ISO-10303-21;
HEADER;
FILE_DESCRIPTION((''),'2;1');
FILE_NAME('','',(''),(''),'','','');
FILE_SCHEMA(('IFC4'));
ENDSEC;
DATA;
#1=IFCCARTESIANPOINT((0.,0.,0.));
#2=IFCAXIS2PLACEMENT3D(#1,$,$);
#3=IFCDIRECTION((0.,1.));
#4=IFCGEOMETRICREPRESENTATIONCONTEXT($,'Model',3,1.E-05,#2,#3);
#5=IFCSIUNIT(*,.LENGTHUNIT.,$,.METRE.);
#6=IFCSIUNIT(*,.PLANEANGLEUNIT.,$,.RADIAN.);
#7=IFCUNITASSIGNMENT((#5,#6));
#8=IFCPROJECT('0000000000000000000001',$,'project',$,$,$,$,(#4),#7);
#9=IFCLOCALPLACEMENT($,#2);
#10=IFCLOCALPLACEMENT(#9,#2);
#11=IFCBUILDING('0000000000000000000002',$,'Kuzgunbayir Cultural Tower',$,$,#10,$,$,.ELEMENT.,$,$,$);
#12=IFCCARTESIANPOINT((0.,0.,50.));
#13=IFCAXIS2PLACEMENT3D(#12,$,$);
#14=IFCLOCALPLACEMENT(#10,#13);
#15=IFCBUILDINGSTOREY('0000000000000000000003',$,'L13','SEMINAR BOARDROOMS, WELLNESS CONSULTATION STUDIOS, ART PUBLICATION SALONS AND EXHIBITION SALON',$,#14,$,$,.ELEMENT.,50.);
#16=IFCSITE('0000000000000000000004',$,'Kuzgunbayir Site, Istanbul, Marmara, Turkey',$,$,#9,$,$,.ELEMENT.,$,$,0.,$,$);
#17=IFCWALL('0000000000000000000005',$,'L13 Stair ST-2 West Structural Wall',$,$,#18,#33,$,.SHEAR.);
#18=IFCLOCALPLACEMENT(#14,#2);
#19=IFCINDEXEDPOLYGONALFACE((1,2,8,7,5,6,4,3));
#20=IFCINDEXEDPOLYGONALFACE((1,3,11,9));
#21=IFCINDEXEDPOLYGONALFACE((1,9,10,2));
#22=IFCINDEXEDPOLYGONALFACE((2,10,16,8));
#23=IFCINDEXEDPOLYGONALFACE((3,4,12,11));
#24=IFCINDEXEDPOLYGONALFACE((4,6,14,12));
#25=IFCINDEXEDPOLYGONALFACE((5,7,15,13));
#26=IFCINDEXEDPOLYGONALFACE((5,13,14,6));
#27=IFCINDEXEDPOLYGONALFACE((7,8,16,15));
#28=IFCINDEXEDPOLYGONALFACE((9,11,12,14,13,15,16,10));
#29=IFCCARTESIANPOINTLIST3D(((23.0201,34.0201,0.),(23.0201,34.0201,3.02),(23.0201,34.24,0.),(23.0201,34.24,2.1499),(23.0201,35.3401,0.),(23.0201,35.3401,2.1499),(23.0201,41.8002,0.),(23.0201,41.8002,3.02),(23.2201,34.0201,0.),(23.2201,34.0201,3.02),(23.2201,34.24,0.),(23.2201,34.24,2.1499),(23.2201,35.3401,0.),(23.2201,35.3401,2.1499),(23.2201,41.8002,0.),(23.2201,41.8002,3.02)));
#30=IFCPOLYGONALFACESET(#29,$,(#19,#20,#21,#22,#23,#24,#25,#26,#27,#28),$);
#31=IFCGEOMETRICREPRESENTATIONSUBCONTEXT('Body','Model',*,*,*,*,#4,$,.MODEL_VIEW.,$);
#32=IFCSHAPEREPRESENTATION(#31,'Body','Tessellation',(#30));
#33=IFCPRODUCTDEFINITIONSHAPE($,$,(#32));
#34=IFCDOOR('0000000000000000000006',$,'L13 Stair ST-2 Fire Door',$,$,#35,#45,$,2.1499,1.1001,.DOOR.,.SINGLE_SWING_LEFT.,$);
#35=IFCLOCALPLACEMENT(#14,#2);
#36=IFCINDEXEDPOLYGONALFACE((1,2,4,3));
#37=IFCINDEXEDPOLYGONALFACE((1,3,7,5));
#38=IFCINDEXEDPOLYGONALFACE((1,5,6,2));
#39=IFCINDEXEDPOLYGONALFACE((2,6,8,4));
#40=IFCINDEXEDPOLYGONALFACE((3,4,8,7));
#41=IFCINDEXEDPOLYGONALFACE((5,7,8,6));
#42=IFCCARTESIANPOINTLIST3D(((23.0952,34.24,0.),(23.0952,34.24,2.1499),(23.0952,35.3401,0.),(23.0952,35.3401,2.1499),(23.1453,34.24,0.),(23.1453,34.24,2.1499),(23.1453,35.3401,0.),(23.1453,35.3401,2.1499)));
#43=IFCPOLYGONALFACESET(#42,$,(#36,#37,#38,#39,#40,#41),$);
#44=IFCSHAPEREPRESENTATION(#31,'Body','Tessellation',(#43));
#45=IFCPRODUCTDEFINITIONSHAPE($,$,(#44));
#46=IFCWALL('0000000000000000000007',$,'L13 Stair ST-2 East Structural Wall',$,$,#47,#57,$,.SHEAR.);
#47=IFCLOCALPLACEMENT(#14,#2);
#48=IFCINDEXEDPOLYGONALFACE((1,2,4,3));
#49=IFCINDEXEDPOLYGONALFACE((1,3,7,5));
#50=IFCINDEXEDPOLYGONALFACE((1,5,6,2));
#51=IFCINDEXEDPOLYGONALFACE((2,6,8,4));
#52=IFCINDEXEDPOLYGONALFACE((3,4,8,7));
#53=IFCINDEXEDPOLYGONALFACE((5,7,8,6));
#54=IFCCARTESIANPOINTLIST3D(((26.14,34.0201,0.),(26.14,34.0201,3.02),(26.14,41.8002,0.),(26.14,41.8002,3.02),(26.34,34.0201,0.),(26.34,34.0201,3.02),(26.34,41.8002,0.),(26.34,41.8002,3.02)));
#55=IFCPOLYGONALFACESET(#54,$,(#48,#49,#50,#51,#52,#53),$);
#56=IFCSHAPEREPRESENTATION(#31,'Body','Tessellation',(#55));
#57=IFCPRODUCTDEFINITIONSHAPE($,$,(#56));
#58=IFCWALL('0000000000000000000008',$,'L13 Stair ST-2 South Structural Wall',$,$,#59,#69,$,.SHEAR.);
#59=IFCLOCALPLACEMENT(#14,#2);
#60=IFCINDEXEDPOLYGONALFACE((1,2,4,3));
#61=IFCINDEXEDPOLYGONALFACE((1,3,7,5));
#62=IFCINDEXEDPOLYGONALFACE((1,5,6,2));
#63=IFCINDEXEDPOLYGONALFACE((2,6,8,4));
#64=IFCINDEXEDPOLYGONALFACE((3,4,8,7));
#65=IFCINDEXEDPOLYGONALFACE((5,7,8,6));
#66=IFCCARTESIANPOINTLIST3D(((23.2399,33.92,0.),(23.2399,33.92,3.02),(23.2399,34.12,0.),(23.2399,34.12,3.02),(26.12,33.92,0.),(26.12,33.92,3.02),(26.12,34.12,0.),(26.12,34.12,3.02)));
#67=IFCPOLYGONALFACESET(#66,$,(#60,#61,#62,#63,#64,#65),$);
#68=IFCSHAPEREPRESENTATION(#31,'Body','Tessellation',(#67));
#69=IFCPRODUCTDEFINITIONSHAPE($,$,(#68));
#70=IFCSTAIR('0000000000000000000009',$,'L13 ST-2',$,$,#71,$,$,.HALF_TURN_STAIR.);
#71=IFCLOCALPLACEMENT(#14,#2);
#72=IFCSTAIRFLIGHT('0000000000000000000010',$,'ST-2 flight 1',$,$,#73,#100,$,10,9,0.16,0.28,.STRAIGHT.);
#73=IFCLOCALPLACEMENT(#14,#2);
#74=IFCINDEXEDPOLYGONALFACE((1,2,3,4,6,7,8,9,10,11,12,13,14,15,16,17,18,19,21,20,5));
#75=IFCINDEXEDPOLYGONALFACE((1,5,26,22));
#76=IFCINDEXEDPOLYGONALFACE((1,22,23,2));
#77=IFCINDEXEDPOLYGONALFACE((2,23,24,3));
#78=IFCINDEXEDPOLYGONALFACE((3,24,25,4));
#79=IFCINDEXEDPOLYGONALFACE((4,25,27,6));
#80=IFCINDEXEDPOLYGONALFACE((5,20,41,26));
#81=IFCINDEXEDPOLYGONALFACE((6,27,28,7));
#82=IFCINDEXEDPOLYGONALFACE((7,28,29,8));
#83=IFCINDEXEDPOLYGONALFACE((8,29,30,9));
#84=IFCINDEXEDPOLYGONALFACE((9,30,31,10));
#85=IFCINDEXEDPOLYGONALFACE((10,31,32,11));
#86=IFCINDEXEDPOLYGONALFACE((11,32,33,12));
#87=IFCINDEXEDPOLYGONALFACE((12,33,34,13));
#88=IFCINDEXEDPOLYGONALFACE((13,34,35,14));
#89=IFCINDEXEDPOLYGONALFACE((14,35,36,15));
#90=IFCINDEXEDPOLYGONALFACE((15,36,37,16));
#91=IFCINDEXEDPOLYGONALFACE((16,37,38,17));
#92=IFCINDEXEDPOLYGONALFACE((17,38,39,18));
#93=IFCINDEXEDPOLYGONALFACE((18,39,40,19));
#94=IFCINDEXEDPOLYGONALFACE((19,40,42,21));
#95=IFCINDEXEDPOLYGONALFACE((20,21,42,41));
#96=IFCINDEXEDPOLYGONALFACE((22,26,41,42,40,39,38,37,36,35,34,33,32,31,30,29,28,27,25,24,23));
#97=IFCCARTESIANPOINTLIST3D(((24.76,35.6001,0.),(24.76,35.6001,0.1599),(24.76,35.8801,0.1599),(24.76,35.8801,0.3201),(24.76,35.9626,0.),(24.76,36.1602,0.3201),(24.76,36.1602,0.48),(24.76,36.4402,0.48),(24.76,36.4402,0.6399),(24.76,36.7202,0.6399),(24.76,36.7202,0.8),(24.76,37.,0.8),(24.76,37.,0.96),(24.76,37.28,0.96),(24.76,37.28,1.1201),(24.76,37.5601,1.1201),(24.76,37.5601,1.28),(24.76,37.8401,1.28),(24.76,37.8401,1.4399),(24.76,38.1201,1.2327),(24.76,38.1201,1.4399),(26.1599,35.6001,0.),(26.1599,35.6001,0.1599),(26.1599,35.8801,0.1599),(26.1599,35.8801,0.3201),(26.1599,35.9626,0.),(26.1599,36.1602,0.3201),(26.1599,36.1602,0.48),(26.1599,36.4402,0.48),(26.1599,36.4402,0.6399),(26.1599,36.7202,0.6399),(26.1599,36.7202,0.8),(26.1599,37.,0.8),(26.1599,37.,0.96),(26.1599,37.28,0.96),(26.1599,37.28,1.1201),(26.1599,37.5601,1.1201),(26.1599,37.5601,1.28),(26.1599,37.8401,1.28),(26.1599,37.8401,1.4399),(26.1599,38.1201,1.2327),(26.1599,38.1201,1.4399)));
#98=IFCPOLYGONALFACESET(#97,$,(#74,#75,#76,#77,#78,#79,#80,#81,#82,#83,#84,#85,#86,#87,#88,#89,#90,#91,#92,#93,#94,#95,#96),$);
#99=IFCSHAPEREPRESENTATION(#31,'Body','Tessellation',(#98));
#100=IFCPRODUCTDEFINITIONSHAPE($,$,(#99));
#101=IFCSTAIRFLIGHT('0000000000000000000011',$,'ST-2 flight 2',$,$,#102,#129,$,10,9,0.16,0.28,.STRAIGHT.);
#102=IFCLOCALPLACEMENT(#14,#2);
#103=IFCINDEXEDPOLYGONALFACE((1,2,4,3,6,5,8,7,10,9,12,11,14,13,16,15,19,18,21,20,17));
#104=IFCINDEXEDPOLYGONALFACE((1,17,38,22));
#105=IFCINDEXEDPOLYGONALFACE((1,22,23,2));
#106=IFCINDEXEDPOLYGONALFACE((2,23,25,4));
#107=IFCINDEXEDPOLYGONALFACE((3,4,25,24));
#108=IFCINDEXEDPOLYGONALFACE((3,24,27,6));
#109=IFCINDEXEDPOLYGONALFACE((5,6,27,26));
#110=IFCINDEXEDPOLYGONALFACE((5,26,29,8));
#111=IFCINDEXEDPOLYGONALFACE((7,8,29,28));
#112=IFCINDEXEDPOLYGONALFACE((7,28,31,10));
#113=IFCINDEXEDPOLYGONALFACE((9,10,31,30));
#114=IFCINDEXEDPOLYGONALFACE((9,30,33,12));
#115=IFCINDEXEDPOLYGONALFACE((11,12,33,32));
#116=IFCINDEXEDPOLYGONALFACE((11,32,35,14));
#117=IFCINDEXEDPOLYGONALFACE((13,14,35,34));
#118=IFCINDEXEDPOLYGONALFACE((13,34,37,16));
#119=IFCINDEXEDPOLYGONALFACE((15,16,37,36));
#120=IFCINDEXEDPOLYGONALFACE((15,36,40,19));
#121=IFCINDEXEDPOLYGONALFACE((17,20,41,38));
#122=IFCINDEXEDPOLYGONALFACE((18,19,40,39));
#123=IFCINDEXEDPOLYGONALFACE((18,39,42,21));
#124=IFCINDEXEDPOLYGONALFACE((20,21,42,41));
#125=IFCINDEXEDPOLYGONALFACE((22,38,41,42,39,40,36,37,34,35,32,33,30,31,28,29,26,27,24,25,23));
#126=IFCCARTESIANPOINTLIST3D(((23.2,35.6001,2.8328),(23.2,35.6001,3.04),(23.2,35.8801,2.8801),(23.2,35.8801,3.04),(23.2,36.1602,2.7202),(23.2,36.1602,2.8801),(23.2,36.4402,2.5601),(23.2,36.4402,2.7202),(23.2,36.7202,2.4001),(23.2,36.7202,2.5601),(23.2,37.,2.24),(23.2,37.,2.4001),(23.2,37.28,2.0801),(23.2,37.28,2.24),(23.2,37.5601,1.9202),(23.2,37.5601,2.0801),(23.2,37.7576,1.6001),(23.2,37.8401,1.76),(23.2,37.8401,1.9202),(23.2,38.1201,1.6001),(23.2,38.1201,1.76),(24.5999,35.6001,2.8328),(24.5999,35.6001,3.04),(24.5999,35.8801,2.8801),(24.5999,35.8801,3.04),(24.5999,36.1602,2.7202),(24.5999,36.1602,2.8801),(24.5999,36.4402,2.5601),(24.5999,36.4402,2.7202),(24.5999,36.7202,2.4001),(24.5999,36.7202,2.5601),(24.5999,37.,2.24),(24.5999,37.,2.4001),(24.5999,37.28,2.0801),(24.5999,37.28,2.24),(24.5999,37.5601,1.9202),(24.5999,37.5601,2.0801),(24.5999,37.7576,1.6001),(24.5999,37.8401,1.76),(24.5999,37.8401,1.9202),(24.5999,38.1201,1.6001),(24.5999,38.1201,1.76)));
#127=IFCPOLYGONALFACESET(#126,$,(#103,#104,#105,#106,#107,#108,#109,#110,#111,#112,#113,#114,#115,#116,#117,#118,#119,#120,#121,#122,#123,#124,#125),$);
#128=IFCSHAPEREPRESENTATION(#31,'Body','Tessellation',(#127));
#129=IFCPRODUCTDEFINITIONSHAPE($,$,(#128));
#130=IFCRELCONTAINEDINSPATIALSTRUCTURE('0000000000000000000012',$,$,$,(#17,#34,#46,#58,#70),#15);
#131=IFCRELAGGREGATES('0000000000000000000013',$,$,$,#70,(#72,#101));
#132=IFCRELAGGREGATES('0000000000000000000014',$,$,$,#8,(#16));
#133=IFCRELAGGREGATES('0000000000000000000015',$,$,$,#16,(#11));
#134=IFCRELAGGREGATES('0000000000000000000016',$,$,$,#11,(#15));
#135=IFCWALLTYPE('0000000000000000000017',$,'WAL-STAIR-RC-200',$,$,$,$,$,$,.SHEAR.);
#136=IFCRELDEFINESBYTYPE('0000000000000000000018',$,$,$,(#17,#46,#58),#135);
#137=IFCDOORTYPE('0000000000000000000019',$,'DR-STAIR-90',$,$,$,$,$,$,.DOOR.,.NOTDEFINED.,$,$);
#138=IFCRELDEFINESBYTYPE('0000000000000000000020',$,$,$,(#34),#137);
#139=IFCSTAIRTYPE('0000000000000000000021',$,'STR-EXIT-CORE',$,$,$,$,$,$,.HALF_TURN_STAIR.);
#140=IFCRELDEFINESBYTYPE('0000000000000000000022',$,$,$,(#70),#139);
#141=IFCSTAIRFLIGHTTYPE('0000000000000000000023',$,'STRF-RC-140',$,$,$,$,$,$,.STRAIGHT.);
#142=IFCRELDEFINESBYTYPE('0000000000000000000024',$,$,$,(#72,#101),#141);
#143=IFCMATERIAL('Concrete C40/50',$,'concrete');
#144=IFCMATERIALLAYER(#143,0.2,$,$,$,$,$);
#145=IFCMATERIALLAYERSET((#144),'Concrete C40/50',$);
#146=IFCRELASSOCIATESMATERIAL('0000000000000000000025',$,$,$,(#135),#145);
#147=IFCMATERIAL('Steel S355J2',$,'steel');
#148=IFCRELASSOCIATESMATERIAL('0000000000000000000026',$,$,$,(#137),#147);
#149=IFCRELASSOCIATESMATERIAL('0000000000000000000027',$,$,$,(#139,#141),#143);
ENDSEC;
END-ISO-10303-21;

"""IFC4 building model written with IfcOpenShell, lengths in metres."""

from ifc_helpers import new_model, si_unit, direction, frame, frame_2d, origin, place, context, subcontext, project, spatial, polyline, rectangle, outline, extrude, material, layer, layer_set, type_object, element, fill, aggregate, save


model = new_model("IFC4")

# Units and contexts
model_context = context("Model", 3, precision=1e-05, world=origin(), true_north=direction((0.0, 1.0)))
body_context = subcontext(model_context, "Body", "Model", "MODEL_VIEW")
ifc_project = project(units=[si_unit("LENGTHUNIT", "METRE"), si_unit("PLANEANGLEUNIT", "RADIAN")], contexts=[model_context])

# Site, building, storey
site_placement = place(None, origin())
site = spatial("IfcSite", under=ifc_project, at=site_placement, Name="Kuzgunbayir Site, Istanbul, Marmara, Turkey", CompositionType="ELEMENT", RefElevation=0.0)
building_placement = place(site_placement, origin())
building = spatial("IfcBuilding", under=site, at=building_placement, Name="Kuzgunbayir Cultural Tower", CompositionType="ELEMENT")
storey_placement = place(building_placement, frame((0.0, 0.0, 50.0)))
storey = spatial("IfcBuildingStorey", under=building, at=storey_placement, Name="L13", Description="SEMINAR BOARDROOMS, WELLNESS CONSULTATION STUDIOS, ART PUBLICATION SALONS AND EXHIBITION SALON", CompositionType="ELEMENT", Elevation=50.0)

# Shared definitions
ifc_material_1 = material(Name="Steel S355J2", Category="steel")

# Wall, opening, door
ifc_material_2 = material(Name="Concrete C40/50", Category="concrete")
ifc_layer_1 = layer(ifc_material_2, 0.2)
ifc_layer_set_1 = layer_set([ifc_layer_1], Name="Concrete C40/50")
wall_type_1 = type_object("IfcWallType", Name="WAL-STAIR-RC-200", PredefinedType="SHEAR", material=ifc_layer_set_1)
wall_1_placement = place(storey_placement, frame((23.1201, 34.02, 0.0), z_axis=(0.0, 0.0, 1.0), x_axis=(0.0, 1.0, 0.0)))
wall_1 = element("IfcWall", 1, at=wall_1_placement, inside=storey, type_object=wall_type_1, Name="L13 Stair ST-2 West Structural Wall", PredefinedType="SHEAR", context=body_context, shape_type="SweptSolid", body=[
    extrude(rectangle(XDim=7.78, YDim=0.2, at=frame_2d((3.8901, 0.0))), origin(), (0.0, 0.0, 1.0), 3.02),
])
opening_1_placement = place(wall_1_placement, frame((0.22, 0.0, 0.0)))
opening_1 = element("IfcOpeningElement", 2, at=opening_1_placement, cuts=wall_1, PredefinedType="OPENING", context=body_context, shape_type="SweptSolid", body=[
    extrude(rectangle(XDim=1.1001, YDim=2.1499, at=frame_2d((0.55, 1.075))), frame((0.0, 0.1099, 0.0), z_axis=(0.0, -1.0, 0.0), x_axis=(1.0, 0.0, 0.0)), (0.0, 0.0, 1.0), 0.22),
])
door_type_1 = type_object("IfcDoorType", Name="DR-STAIR-90", OperationType="NOTDEFINED", PredefinedType="DOOR", material=ifc_material_1)
door_1_placement = place(opening_1_placement, origin())
door_1 = element("IfcDoor", 3, at=door_1_placement, inside=storey, type_object=door_type_1, Name="L13 Stair ST-2 Fire Door", OperationType="SINGLE_SWING_LEFT", OverallHeight=2.1499, OverallWidth=1.1001, PredefinedType="DOOR", context=body_context, shape_type="SweptSolid", body=[
    extrude(rectangle(XDim=1.1001, YDim=2.1499, at=frame_2d((0.55, 1.075))), frame((0.0, 0.0249, 0.0), z_axis=(0.0, -1.0, 0.0), x_axis=(1.0, 0.0, 0.0)), (0.0, 0.0, 1.0), 0.05),
])
fill(opening_1, door_1)

# Walls
wall_2_placement = place(storey_placement, frame((26.24, 34.02, 0.0), z_axis=(0.0, 0.0, 1.0), x_axis=(0.0, 1.0, 0.0)))
element("IfcWall", 4, at=wall_2_placement, inside=storey, type_object=wall_type_1, Name="L13 Stair ST-2 East Structural Wall", PredefinedType="SHEAR", context=body_context, shape_type="SweptSolid", body=[
    extrude(rectangle(XDim=7.78, YDim=0.2, at=frame_2d((3.8901, 0.0))), origin(), (0.0, 0.0, 1.0), 3.02),
])
wall_3_placement = place(storey_placement, frame((23.24, 34.02, 0.0), z_axis=(0.0, 0.0, 1.0), x_axis=(1.0, 0.0, 0.0)))
element("IfcWall", 5, at=wall_3_placement, inside=storey, type_object=wall_type_1, Name="L13 Stair ST-2 South Structural Wall", PredefinedType="SHEAR", context=body_context, shape_type="SweptSolid", body=[
    extrude(rectangle(XDim=2.8801, YDim=0.2, at=frame_2d((1.4399, 0.0))), origin(), (0.0, 0.0, 1.0), 3.02),
])

# Stair, stair flights
stair_type = type_object("IfcStairType", Name="STR-EXIT-CORE", PredefinedType="HALF_TURN_STAIR", material=ifc_material_2)
stair_placement = place(storey_placement, origin())
stair = element("IfcStair", 6, at=stair_placement, inside=storey, type_object=stair_type, Name="L13 ST-2", PredefinedType="HALF_TURN_STAIR")
stair_flight_type = type_object("IfcStairFlightType", Name="STRF-RC-140", PredefinedType="STRAIGHT", material=ifc_material_2)
stair_flight_1_placement = place(storey_placement, frame((25.46, 35.6001, 0.0), z_axis=(0.0, 0.0, 1.0), x_axis=(0.0, 1.0, 0.0)))
stair_flight_1 = element("IfcStairFlight", 7, at=stair_flight_1_placement, type_object=stair_flight_type, Name="ST-2 flight 1", NumberOfRisers=10, NumberOfTreads=9, PredefinedType="STRAIGHT", RiserHeight=0.16, TreadLength=0.28, context=body_context, shape_type="SweptSolid", body=[
    extrude(outline(polyline([(0.0, 0.0), (0.0, 0.1599), (0.28, 0.1599), (0.28, 0.3201), (0.5601, 0.3201), (0.5601, 0.48), (0.8401, 0.48), (0.8401, 0.6399), (1.1201, 0.6399), (1.1201, 0.8), (1.3999, 0.8), (1.3999, 0.96), (1.6799, 0.96), (1.6799, 1.1201), (1.96, 1.1201), (1.96, 1.28), (2.24, 1.28), (2.24, 1.4399), (2.52, 1.4399), (2.52, 1.6001), (2.52, 1.2327), (0.3625, 0.0), (0.0, 0.0)])), frame((0.0, 0.7, 0.0), z_axis=(0.0, -1.0, 0.0), x_axis=(1.0, 0.0, 0.0)), (0.0, 0.0, 1.0), 1.3999),
])
stair_flight_2_placement = place(storey_placement, frame((23.8999, 38.1201, 1.6001), z_axis=(0.0, 0.0, 1.0), x_axis=(0.0, -1.0, 0.0)))
stair_flight_2 = element("IfcStairFlight", 8, at=stair_flight_2_placement, type_object=stair_flight_type, Name="ST-2 flight 2", NumberOfRisers=10, NumberOfTreads=9, PredefinedType="STRAIGHT", RiserHeight=0.16, TreadLength=0.28, context=body_context, shape_type="SweptSolid", body=[
    extrude(outline(polyline([(0.0, 0.0), (0.0, 0.1599), (0.28, 0.1599), (0.28, 0.3201), (0.5601, 0.3201), (0.5601, 0.48), (0.8401, 0.48), (0.8401, 0.6399), (1.1201, 0.6399), (1.1201, 0.8), (1.3999, 0.8), (1.3999, 0.96), (1.6799, 0.96), (1.6799, 1.1201), (1.96, 1.1201), (1.96, 1.28), (2.24, 1.28), (2.24, 1.4399), (2.52, 1.4399), (2.52, 1.6001), (2.52, 1.2327), (0.3625, 0.0), (0.0, 0.0)])), frame((0.0, 0.7, 0.0), z_axis=(0.0, -1.0, 0.0), x_axis=(1.0, 0.0, 0.0)), (0.0, 0.0, 1.0), 1.3999),
])
aggregate(stair, [stair_flight_1, stair_flight_2])

save(model, "model.ifc")
